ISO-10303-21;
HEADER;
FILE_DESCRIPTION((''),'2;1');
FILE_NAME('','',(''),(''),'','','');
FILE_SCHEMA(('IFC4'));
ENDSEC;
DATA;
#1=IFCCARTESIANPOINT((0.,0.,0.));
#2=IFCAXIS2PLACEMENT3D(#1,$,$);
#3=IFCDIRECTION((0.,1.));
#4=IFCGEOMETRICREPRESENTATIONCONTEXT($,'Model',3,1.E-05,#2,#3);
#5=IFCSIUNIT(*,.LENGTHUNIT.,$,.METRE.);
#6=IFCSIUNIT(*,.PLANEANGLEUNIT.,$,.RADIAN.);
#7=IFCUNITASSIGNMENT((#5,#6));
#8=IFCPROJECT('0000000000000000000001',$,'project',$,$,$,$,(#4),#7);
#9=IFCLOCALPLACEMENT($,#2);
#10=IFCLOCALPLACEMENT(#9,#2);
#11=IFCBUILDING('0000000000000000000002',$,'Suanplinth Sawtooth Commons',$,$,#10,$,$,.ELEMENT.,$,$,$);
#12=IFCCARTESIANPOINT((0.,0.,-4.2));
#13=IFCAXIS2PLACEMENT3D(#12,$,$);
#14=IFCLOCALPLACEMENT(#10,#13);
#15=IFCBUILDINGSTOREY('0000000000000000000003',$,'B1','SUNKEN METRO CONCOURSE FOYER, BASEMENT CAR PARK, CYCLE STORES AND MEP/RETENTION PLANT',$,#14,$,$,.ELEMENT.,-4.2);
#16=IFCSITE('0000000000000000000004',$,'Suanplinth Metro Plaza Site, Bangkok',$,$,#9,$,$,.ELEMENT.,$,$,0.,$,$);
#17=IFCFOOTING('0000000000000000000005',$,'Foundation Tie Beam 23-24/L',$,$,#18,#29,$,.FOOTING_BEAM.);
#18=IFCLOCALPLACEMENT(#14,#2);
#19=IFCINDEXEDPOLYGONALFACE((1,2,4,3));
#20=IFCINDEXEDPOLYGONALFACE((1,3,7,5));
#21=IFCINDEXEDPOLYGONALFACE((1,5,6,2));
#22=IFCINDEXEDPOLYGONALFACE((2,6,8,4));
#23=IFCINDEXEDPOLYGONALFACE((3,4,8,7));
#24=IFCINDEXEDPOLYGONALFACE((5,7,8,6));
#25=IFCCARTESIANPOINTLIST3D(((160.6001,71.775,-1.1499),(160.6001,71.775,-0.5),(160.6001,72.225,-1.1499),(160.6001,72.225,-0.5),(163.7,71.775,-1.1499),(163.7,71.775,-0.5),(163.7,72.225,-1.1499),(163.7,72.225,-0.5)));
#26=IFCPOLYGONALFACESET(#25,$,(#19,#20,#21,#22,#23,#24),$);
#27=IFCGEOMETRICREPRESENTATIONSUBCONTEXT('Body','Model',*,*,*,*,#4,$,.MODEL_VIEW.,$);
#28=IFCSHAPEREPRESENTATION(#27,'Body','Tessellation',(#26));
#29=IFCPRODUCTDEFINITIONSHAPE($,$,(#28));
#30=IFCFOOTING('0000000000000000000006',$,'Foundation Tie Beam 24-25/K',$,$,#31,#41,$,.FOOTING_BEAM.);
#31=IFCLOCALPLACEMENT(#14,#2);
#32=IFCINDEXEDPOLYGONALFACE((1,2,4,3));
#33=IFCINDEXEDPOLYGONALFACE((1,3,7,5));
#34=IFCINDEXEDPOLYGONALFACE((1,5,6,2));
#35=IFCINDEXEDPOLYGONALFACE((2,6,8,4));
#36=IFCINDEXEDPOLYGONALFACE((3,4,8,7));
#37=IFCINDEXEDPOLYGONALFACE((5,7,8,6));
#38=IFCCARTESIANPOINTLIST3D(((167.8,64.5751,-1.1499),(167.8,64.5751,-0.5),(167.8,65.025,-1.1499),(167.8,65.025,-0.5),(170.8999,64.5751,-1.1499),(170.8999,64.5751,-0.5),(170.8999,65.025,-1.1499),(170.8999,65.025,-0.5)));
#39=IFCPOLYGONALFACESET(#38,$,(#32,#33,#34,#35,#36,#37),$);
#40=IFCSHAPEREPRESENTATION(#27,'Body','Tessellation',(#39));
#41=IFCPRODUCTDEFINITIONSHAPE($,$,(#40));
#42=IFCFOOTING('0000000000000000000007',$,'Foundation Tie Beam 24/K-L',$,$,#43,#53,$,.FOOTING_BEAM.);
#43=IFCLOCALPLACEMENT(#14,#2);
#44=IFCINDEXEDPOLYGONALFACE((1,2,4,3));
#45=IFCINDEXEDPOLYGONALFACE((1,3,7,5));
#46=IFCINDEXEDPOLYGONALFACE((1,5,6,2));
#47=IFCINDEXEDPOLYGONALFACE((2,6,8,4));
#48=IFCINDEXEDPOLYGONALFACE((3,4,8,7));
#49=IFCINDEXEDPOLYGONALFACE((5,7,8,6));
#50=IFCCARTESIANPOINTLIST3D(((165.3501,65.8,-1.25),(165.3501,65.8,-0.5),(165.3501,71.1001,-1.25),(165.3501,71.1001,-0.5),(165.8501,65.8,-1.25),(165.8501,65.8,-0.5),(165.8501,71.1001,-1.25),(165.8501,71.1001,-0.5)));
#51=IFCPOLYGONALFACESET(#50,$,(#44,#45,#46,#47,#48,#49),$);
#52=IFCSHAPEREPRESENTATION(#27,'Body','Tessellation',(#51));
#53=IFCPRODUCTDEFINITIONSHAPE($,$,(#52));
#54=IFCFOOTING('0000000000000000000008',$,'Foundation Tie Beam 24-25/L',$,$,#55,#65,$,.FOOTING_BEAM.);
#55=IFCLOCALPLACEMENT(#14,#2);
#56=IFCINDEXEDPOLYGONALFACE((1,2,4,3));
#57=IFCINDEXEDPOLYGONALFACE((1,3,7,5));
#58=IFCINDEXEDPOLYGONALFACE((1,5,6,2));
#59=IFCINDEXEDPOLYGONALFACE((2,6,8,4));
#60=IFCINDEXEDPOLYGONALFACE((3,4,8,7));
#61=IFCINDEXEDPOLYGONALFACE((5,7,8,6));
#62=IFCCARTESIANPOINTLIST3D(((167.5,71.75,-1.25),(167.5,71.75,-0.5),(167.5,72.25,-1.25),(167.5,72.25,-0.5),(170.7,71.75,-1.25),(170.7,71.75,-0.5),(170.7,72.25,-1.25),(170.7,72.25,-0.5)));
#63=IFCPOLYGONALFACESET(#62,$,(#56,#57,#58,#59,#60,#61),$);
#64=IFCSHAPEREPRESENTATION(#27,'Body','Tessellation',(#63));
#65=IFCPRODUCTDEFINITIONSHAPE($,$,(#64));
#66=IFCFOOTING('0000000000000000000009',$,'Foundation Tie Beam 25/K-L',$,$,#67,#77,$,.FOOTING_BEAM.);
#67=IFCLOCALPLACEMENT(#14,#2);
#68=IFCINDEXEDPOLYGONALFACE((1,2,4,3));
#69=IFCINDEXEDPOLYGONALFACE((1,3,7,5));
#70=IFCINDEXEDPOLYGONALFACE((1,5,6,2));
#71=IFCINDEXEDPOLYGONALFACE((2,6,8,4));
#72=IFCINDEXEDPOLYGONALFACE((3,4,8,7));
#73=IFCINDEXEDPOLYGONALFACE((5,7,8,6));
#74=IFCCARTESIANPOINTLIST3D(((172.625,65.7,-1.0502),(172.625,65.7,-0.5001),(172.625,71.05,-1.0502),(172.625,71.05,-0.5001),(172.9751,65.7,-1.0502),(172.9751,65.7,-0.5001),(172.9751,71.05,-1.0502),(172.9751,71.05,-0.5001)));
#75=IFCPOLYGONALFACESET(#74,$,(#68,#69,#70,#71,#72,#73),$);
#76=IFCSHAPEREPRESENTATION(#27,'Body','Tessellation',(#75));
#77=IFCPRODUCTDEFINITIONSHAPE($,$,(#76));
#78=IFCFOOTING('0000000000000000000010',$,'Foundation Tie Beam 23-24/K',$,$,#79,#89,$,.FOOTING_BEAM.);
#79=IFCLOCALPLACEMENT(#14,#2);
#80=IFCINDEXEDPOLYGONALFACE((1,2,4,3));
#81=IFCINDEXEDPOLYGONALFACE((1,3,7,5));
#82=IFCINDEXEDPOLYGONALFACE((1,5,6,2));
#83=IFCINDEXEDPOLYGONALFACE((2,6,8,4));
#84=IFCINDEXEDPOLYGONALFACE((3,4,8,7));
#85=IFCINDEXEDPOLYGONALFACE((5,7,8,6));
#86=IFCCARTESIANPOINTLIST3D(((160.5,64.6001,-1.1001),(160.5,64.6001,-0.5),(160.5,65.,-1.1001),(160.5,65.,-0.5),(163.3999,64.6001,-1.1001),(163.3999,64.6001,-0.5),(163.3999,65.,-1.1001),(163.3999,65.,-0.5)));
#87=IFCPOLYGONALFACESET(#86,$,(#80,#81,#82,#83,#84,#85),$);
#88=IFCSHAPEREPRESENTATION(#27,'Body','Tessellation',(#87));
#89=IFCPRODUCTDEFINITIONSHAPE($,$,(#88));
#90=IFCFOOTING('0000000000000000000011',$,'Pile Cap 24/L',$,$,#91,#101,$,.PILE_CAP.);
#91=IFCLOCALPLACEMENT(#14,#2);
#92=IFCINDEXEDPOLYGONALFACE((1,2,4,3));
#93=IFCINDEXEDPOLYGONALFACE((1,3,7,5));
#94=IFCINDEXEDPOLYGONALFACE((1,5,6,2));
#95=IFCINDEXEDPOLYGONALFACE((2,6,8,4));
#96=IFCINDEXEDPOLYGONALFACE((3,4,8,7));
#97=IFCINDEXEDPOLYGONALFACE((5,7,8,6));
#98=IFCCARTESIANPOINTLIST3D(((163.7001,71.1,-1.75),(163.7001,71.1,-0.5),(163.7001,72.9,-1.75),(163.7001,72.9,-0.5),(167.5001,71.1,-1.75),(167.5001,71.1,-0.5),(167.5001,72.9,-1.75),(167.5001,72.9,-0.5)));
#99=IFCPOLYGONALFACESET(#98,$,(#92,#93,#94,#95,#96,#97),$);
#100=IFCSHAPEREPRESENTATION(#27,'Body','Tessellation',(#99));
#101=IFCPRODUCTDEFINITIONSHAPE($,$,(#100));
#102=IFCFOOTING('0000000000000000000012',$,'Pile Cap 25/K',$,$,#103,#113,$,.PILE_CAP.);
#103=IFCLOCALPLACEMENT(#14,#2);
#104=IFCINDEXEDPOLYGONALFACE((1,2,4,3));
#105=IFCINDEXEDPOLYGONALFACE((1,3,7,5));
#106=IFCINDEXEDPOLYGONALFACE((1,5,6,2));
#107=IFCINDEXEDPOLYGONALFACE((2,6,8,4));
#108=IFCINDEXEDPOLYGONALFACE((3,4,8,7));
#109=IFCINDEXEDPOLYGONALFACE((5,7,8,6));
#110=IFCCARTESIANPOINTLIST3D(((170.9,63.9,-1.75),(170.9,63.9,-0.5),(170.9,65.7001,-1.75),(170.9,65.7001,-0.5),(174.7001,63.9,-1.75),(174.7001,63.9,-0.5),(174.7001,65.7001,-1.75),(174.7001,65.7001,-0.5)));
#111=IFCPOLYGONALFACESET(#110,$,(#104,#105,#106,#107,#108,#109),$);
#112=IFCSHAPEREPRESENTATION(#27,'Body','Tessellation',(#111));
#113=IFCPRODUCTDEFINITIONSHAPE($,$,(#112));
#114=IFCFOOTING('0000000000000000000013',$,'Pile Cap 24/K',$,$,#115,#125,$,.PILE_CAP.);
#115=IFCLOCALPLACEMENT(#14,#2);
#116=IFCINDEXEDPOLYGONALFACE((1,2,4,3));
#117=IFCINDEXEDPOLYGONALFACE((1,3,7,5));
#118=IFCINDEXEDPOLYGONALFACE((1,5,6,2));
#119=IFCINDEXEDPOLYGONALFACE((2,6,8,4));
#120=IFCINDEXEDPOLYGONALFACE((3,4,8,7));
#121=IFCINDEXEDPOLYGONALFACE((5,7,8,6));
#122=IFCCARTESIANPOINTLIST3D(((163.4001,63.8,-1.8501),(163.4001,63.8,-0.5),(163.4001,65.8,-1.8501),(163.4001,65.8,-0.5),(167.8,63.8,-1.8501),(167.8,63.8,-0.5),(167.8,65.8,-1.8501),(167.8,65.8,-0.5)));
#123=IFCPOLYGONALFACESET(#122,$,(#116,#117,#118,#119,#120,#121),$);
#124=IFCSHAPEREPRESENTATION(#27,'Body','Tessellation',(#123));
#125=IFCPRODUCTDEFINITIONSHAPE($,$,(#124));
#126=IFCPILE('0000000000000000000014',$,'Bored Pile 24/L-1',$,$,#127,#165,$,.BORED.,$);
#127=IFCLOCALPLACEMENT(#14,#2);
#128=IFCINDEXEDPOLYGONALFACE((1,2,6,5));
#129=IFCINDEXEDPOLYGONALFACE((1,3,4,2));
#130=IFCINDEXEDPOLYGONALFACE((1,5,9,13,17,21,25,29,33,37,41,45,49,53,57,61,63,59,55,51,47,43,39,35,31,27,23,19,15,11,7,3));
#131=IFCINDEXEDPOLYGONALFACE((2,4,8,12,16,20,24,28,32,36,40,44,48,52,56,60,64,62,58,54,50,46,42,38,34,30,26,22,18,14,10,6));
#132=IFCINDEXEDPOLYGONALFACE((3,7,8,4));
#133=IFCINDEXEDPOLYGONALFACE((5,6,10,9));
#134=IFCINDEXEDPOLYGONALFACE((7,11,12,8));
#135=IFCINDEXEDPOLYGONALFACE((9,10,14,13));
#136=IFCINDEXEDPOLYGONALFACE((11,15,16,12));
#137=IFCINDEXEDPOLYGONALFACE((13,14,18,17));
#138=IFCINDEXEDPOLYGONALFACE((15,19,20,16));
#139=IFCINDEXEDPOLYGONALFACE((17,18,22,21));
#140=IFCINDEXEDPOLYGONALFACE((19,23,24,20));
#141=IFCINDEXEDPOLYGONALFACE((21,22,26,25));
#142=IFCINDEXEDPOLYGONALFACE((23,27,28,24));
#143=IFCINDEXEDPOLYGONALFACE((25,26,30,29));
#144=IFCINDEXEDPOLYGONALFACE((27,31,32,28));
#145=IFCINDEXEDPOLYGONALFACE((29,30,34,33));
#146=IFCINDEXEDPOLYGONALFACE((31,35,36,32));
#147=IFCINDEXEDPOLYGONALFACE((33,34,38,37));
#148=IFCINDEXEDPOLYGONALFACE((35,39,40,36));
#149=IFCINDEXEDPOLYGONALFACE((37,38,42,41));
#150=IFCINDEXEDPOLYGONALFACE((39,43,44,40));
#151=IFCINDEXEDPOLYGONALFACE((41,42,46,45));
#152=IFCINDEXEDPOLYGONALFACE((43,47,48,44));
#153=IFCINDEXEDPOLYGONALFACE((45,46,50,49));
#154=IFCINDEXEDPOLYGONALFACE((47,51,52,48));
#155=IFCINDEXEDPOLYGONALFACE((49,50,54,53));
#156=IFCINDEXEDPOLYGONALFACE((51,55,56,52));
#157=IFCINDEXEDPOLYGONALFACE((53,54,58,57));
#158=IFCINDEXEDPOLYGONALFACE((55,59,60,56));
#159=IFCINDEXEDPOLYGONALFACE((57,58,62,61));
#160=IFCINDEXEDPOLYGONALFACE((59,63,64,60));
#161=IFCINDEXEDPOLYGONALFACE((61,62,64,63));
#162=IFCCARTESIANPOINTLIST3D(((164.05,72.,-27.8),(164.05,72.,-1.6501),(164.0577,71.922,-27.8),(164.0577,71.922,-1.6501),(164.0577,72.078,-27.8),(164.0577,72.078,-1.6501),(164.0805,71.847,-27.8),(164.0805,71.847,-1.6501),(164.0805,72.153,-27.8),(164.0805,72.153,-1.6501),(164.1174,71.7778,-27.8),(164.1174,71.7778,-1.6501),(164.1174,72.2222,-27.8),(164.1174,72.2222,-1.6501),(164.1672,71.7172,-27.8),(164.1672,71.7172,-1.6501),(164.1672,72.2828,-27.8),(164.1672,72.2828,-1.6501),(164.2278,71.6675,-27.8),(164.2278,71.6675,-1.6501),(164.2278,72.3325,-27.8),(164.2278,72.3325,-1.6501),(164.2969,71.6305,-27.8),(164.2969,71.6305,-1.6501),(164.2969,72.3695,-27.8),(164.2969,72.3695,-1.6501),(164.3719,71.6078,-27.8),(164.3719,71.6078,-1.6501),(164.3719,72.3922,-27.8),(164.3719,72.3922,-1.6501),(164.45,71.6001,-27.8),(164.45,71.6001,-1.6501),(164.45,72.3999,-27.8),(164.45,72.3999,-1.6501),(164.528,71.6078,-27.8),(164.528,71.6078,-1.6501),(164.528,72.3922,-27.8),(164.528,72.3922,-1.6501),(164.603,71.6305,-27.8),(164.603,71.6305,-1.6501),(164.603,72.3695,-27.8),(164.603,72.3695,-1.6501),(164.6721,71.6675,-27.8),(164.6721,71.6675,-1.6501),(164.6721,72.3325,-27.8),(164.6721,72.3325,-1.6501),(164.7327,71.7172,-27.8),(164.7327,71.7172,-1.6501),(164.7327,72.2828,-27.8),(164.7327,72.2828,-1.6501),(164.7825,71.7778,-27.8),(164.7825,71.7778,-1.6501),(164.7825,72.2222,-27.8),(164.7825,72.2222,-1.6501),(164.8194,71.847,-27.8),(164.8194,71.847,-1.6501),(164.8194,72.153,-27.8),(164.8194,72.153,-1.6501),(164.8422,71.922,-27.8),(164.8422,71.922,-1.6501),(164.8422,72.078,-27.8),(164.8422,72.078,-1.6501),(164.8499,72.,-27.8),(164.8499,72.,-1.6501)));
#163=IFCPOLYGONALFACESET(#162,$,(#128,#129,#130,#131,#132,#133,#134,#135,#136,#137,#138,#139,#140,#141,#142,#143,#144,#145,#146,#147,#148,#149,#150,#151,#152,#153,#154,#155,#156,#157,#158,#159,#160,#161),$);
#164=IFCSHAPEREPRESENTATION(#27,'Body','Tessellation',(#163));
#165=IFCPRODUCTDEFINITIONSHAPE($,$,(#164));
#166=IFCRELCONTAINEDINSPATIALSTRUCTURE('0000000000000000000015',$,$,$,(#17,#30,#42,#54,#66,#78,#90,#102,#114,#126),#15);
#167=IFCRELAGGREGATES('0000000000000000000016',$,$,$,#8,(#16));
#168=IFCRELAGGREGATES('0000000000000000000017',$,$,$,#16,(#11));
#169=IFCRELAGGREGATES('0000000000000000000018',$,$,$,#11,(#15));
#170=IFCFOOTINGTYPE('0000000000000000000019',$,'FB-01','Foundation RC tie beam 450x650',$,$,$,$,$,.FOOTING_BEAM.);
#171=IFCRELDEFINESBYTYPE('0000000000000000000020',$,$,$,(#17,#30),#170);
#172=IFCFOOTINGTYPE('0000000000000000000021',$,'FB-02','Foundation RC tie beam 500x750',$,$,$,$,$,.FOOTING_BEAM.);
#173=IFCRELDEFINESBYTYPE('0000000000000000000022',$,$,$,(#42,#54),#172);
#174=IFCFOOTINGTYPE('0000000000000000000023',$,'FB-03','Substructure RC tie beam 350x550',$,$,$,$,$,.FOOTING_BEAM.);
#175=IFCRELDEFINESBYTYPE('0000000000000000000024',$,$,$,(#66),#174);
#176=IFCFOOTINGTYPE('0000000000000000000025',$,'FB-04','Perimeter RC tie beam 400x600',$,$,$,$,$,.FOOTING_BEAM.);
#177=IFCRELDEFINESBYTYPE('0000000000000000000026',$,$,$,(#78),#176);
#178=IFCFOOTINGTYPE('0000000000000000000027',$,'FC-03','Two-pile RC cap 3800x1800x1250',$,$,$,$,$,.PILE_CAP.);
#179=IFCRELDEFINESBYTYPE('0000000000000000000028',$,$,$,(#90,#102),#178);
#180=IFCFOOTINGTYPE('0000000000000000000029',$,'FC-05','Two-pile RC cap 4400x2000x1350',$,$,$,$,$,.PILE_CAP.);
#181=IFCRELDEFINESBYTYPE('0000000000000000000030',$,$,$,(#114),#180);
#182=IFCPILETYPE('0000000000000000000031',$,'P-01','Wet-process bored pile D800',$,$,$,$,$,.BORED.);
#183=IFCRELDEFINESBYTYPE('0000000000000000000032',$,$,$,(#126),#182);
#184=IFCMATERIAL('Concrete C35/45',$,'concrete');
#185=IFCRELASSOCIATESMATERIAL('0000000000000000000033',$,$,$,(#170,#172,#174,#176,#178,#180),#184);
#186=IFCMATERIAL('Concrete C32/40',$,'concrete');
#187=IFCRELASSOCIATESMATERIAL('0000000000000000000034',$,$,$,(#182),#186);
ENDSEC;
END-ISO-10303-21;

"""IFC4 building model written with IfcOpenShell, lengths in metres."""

from ifc_helpers import new_model, si_unit, direction, frame, origin, origin_2d, place, context, subcontext, project, spatial, rectangle, circle, extrude, material, material_profile, profile_set, type_object, element, save


model = new_model("IFC4")

# Units and contexts
model_context = context("Model", 3, precision=1e-05, world=origin(), true_north=direction((0.0, 1.0)))
body_context = subcontext(model_context, "Body", "Model", "MODEL_VIEW")
ifc_project = project(units=[si_unit("LENGTHUNIT", "METRE"), si_unit("PLANEANGLEUNIT", "RADIAN")], contexts=[model_context])

# Site, building, storey
site_placement = place(None, origin())
site = spatial("IfcSite", under=ifc_project, at=site_placement, Name="Suanplinth Metro Plaza Site, Bangkok", CompositionType="ELEMENT", RefElevation=0.0)
building_placement = place(site_placement, origin())
building = spatial("IfcBuilding", under=site, at=building_placement, Name="Suanplinth Sawtooth Commons", CompositionType="ELEMENT")
storey_placement = place(building_placement, frame((0.0, 0.0, -4.2)))
storey = spatial("IfcBuildingStorey", under=building, at=storey_placement, Name="B1", Description="SUNKEN METRO CONCOURSE FOYER, BASEMENT CAR PARK, CYCLE STORES AND MEP/RETENTION PLANT", CompositionType="ELEMENT", Elevation=-4.2)

# Footings
ifc_material_1 = material(Name="Concrete C35/45", Category="concrete")
ifc_material_profile_1 = material_profile(ifc_material_1, rectangle(XDim=0.45, YDim=0.6499, at=origin_2d()), Name="PC-GDR 450x650")
ifc_profile_set_1 = profile_set([ifc_material_profile_1], Name="Concrete C35/45")
footing_type_1 = type_object("IfcFootingType", Name="FB-01", Description="Foundation RC tie beam 450x650", PredefinedType="FOOTING_BEAM", material=ifc_profile_set_1)
for number, where, z_axis, x_axis, name in (
    (1, (160.6001, 72.0, -0.825), (1.0, 0.0, 0.0), (0.0, 1.0, 0.0), "Foundation Tie Beam 23-24/L"),
    (2, (167.8, 64.8, -0.825), (1.0, 0.0, 0.0), (0.0, 1.0, 0.0), "Foundation Tie Beam 24-25/K"),
):
    element("IfcFooting", number, at=place(storey_placement, frame(where, z_axis=z_axis, x_axis=x_axis)), inside=storey, type_object=footing_type_1, Name=name, PredefinedType="FOOTING_BEAM", context=body_context, shape_type="SweptSolid", body=[
        extrude(rectangle(XDim=0.45, YDim=0.6499, at=origin_2d()), origin(), (0.0, 0.0, 1.0), 3.0999),
    ])
ifc_material_profile_2 = material_profile(ifc_material_1, rectangle(XDim=0.5, YDim=0.75, at=origin_2d()), Name="RC-GDR 500x750")
ifc_profile_set_2 = profile_set([ifc_material_profile_2], Name="Concrete C35/45")
footing_type_2 = type_object("IfcFootingType", Name="FB-02", Description="Foundation RC tie beam 500x750", PredefinedType="FOOTING_BEAM", material=ifc_profile_set_2)
footing_1_placement = place(storey_placement, frame((165.6001, 65.8, -0.875), z_axis=(0.0, 1.0, 0.0), x_axis=(-1.0, 0.0, 0.0)))
element("IfcFooting", 3, at=footing_1_placement, inside=storey, type_object=footing_type_2, Name="Foundation Tie Beam 24/K-L", PredefinedType="FOOTING_BEAM", context=body_context, shape_type="SweptSolid", body=[
    extrude(rectangle(XDim=0.5, YDim=0.75, at=origin_2d()), origin(), (0.0, 0.0, 1.0), 5.3),
])
footing_2_placement = place(storey_placement, frame((167.5, 72.0, -0.875), z_axis=(1.0, 0.0, 0.0), x_axis=(0.0, 1.0, 0.0)))
element("IfcFooting", 4, at=footing_2_placement, inside=storey, type_object=footing_type_2, Name="Foundation Tie Beam 24-25/L", PredefinedType="FOOTING_BEAM", context=body_context, shape_type="SweptSolid", body=[
    extrude(rectangle(XDim=0.5, YDim=0.75, at=origin_2d()), origin(), (0.0, 0.0, 1.0), 3.2),
])
ifc_material_profile_3 = material_profile(ifc_material_1, rectangle(XDim=0.3501, YDim=0.55, at=origin_2d()), Name="PC-BM 350x550")
ifc_profile_set_3 = profile_set([ifc_material_profile_3], Name="Concrete C35/45")
footing_type_3 = type_object("IfcFootingType", Name="FB-03", Description="Substructure RC tie beam 350x550", PredefinedType="FOOTING_BEAM", material=ifc_profile_set_3)
footing_3_placement = place(storey_placement, frame((172.8, 65.7, -0.7751), z_axis=(0.0, 1.0, 0.0), x_axis=(-1.0, 0.0, 0.0)))
element("IfcFooting", 5, at=footing_3_placement, inside=storey, type_object=footing_type_3, Name="Foundation Tie Beam 25/K-L", PredefinedType="FOOTING_BEAM", context=body_context, shape_type="SweptSolid", body=[
    extrude(rectangle(XDim=0.3501, YDim=0.55, at=origin_2d()), origin(), (0.0, 0.0, 1.0), 5.3501),
])
ifc_material_profile_4 = material_profile(ifc_material_1, rectangle(XDim=0.3999, YDim=0.6001, at=origin_2d()), Name="PC-GDR 400x600")
ifc_profile_set_4 = profile_set([ifc_material_profile_4], Name="Concrete C35/45")
footing_type_4 = type_object("IfcFootingType", Name="FB-04", Description="Perimeter RC tie beam 400x600", PredefinedType="FOOTING_BEAM", material=ifc_profile_set_4)
footing_4_placement = place(storey_placement, frame((160.5, 64.8, -0.8), z_axis=(1.0, 0.0, 0.0), x_axis=(0.0, 1.0, 0.0)))
element("IfcFooting", 6, at=footing_4_placement, inside=storey, type_object=footing_type_4, Name="Foundation Tie Beam 23-24/K", PredefinedType="FOOTING_BEAM", context=body_context, shape_type="SweptSolid", body=[
    extrude(rectangle(XDim=0.3999, YDim=0.6001, at=origin_2d()), origin(), (0.0, 0.0, 1.0), 2.8999),
])
footing_type_5 = type_object("IfcFootingType", Name="FC-03", Description="Two-pile RC cap 3800x1800x1250", PredefinedType="PILE_CAP", material=ifc_material_1)
for number, where, z_axis, x_axis, name in (
    (7, (165.6001, 72.0, -1.75), (0.0, 0.0, 1.0), (1.0, 0.0, 0.0), "Pile Cap 24/L"),
    (8, (172.8, 64.8, -1.75), (0.0, 0.0, 1.0), (1.0, 0.0, 0.0), "Pile Cap 25/K"),
):
    element("IfcFooting", number, at=place(storey_placement, frame(where, z_axis=z_axis, x_axis=x_axis)), inside=storey, type_object=footing_type_5, Name=name, PredefinedType="PILE_CAP", context=body_context, shape_type="SweptSolid", body=[
        extrude(rectangle(XDim=3.8, YDim=1.8, at=origin_2d()), origin(), (0.0, 0.0, 1.0), 1.25),
    ])
footing_type_6 = type_object("IfcFootingType", Name="FC-05", Description="Two-pile RC cap 4400x2000x1350", PredefinedType="PILE_CAP", material=ifc_material_1)
footing_5_placement = place(storey_placement, frame((165.6001, 64.8, -1.8501), z_axis=(0.0, 0.0, 1.0), x_axis=(1.0, 0.0, 0.0)))
element("IfcFooting", 9, at=footing_5_placement, inside=storey, type_object=footing_type_6, Name="Pile Cap 24/K", PredefinedType="PILE_CAP", context=body_context, shape_type="SweptSolid", body=[
    extrude(rectangle(XDim=4.3999, YDim=2.0, at=origin_2d()), origin(), (0.0, 0.0, 1.0), 1.3501),
])

# Pile
ifc_material_2 = material(Name="Concrete C32/40", Category="concrete")
ifc_material_profile_5 = material_profile(ifc_material_2, circle(Radius=0.3999, at=origin_2d()), Name="PILE D800")
ifc_profile_set_5 = profile_set([ifc_material_profile_5], Name="Concrete C32/40")
pile_type_1 = type_object("IfcPileType", Name="P-01", Description="Wet-process bored pile D800", PredefinedType="BORED", material=ifc_profile_set_5)
for number, where, z_axis, x_axis, name in (
    (10, (164.45, 72.0, -1.6501), (0.0, 0.0, -1.0), (1.0, 0.0, 0.0), "Bored Pile 24/L-1"),
):
    element("IfcPile", number, at=place(storey_placement, frame(where, z_axis=z_axis, x_axis=x_axis)), inside=storey, type_object=pile_type_1, Name=name, PredefinedType="BORED", context=body_context, shape_type="SweptSolid", body=[
        extrude(circle(Radius=0.3999, at=origin_2d()), origin(), (0.0, 0.0, 1.0), 26.1499),
    ])

save(model, "model.ifc")
